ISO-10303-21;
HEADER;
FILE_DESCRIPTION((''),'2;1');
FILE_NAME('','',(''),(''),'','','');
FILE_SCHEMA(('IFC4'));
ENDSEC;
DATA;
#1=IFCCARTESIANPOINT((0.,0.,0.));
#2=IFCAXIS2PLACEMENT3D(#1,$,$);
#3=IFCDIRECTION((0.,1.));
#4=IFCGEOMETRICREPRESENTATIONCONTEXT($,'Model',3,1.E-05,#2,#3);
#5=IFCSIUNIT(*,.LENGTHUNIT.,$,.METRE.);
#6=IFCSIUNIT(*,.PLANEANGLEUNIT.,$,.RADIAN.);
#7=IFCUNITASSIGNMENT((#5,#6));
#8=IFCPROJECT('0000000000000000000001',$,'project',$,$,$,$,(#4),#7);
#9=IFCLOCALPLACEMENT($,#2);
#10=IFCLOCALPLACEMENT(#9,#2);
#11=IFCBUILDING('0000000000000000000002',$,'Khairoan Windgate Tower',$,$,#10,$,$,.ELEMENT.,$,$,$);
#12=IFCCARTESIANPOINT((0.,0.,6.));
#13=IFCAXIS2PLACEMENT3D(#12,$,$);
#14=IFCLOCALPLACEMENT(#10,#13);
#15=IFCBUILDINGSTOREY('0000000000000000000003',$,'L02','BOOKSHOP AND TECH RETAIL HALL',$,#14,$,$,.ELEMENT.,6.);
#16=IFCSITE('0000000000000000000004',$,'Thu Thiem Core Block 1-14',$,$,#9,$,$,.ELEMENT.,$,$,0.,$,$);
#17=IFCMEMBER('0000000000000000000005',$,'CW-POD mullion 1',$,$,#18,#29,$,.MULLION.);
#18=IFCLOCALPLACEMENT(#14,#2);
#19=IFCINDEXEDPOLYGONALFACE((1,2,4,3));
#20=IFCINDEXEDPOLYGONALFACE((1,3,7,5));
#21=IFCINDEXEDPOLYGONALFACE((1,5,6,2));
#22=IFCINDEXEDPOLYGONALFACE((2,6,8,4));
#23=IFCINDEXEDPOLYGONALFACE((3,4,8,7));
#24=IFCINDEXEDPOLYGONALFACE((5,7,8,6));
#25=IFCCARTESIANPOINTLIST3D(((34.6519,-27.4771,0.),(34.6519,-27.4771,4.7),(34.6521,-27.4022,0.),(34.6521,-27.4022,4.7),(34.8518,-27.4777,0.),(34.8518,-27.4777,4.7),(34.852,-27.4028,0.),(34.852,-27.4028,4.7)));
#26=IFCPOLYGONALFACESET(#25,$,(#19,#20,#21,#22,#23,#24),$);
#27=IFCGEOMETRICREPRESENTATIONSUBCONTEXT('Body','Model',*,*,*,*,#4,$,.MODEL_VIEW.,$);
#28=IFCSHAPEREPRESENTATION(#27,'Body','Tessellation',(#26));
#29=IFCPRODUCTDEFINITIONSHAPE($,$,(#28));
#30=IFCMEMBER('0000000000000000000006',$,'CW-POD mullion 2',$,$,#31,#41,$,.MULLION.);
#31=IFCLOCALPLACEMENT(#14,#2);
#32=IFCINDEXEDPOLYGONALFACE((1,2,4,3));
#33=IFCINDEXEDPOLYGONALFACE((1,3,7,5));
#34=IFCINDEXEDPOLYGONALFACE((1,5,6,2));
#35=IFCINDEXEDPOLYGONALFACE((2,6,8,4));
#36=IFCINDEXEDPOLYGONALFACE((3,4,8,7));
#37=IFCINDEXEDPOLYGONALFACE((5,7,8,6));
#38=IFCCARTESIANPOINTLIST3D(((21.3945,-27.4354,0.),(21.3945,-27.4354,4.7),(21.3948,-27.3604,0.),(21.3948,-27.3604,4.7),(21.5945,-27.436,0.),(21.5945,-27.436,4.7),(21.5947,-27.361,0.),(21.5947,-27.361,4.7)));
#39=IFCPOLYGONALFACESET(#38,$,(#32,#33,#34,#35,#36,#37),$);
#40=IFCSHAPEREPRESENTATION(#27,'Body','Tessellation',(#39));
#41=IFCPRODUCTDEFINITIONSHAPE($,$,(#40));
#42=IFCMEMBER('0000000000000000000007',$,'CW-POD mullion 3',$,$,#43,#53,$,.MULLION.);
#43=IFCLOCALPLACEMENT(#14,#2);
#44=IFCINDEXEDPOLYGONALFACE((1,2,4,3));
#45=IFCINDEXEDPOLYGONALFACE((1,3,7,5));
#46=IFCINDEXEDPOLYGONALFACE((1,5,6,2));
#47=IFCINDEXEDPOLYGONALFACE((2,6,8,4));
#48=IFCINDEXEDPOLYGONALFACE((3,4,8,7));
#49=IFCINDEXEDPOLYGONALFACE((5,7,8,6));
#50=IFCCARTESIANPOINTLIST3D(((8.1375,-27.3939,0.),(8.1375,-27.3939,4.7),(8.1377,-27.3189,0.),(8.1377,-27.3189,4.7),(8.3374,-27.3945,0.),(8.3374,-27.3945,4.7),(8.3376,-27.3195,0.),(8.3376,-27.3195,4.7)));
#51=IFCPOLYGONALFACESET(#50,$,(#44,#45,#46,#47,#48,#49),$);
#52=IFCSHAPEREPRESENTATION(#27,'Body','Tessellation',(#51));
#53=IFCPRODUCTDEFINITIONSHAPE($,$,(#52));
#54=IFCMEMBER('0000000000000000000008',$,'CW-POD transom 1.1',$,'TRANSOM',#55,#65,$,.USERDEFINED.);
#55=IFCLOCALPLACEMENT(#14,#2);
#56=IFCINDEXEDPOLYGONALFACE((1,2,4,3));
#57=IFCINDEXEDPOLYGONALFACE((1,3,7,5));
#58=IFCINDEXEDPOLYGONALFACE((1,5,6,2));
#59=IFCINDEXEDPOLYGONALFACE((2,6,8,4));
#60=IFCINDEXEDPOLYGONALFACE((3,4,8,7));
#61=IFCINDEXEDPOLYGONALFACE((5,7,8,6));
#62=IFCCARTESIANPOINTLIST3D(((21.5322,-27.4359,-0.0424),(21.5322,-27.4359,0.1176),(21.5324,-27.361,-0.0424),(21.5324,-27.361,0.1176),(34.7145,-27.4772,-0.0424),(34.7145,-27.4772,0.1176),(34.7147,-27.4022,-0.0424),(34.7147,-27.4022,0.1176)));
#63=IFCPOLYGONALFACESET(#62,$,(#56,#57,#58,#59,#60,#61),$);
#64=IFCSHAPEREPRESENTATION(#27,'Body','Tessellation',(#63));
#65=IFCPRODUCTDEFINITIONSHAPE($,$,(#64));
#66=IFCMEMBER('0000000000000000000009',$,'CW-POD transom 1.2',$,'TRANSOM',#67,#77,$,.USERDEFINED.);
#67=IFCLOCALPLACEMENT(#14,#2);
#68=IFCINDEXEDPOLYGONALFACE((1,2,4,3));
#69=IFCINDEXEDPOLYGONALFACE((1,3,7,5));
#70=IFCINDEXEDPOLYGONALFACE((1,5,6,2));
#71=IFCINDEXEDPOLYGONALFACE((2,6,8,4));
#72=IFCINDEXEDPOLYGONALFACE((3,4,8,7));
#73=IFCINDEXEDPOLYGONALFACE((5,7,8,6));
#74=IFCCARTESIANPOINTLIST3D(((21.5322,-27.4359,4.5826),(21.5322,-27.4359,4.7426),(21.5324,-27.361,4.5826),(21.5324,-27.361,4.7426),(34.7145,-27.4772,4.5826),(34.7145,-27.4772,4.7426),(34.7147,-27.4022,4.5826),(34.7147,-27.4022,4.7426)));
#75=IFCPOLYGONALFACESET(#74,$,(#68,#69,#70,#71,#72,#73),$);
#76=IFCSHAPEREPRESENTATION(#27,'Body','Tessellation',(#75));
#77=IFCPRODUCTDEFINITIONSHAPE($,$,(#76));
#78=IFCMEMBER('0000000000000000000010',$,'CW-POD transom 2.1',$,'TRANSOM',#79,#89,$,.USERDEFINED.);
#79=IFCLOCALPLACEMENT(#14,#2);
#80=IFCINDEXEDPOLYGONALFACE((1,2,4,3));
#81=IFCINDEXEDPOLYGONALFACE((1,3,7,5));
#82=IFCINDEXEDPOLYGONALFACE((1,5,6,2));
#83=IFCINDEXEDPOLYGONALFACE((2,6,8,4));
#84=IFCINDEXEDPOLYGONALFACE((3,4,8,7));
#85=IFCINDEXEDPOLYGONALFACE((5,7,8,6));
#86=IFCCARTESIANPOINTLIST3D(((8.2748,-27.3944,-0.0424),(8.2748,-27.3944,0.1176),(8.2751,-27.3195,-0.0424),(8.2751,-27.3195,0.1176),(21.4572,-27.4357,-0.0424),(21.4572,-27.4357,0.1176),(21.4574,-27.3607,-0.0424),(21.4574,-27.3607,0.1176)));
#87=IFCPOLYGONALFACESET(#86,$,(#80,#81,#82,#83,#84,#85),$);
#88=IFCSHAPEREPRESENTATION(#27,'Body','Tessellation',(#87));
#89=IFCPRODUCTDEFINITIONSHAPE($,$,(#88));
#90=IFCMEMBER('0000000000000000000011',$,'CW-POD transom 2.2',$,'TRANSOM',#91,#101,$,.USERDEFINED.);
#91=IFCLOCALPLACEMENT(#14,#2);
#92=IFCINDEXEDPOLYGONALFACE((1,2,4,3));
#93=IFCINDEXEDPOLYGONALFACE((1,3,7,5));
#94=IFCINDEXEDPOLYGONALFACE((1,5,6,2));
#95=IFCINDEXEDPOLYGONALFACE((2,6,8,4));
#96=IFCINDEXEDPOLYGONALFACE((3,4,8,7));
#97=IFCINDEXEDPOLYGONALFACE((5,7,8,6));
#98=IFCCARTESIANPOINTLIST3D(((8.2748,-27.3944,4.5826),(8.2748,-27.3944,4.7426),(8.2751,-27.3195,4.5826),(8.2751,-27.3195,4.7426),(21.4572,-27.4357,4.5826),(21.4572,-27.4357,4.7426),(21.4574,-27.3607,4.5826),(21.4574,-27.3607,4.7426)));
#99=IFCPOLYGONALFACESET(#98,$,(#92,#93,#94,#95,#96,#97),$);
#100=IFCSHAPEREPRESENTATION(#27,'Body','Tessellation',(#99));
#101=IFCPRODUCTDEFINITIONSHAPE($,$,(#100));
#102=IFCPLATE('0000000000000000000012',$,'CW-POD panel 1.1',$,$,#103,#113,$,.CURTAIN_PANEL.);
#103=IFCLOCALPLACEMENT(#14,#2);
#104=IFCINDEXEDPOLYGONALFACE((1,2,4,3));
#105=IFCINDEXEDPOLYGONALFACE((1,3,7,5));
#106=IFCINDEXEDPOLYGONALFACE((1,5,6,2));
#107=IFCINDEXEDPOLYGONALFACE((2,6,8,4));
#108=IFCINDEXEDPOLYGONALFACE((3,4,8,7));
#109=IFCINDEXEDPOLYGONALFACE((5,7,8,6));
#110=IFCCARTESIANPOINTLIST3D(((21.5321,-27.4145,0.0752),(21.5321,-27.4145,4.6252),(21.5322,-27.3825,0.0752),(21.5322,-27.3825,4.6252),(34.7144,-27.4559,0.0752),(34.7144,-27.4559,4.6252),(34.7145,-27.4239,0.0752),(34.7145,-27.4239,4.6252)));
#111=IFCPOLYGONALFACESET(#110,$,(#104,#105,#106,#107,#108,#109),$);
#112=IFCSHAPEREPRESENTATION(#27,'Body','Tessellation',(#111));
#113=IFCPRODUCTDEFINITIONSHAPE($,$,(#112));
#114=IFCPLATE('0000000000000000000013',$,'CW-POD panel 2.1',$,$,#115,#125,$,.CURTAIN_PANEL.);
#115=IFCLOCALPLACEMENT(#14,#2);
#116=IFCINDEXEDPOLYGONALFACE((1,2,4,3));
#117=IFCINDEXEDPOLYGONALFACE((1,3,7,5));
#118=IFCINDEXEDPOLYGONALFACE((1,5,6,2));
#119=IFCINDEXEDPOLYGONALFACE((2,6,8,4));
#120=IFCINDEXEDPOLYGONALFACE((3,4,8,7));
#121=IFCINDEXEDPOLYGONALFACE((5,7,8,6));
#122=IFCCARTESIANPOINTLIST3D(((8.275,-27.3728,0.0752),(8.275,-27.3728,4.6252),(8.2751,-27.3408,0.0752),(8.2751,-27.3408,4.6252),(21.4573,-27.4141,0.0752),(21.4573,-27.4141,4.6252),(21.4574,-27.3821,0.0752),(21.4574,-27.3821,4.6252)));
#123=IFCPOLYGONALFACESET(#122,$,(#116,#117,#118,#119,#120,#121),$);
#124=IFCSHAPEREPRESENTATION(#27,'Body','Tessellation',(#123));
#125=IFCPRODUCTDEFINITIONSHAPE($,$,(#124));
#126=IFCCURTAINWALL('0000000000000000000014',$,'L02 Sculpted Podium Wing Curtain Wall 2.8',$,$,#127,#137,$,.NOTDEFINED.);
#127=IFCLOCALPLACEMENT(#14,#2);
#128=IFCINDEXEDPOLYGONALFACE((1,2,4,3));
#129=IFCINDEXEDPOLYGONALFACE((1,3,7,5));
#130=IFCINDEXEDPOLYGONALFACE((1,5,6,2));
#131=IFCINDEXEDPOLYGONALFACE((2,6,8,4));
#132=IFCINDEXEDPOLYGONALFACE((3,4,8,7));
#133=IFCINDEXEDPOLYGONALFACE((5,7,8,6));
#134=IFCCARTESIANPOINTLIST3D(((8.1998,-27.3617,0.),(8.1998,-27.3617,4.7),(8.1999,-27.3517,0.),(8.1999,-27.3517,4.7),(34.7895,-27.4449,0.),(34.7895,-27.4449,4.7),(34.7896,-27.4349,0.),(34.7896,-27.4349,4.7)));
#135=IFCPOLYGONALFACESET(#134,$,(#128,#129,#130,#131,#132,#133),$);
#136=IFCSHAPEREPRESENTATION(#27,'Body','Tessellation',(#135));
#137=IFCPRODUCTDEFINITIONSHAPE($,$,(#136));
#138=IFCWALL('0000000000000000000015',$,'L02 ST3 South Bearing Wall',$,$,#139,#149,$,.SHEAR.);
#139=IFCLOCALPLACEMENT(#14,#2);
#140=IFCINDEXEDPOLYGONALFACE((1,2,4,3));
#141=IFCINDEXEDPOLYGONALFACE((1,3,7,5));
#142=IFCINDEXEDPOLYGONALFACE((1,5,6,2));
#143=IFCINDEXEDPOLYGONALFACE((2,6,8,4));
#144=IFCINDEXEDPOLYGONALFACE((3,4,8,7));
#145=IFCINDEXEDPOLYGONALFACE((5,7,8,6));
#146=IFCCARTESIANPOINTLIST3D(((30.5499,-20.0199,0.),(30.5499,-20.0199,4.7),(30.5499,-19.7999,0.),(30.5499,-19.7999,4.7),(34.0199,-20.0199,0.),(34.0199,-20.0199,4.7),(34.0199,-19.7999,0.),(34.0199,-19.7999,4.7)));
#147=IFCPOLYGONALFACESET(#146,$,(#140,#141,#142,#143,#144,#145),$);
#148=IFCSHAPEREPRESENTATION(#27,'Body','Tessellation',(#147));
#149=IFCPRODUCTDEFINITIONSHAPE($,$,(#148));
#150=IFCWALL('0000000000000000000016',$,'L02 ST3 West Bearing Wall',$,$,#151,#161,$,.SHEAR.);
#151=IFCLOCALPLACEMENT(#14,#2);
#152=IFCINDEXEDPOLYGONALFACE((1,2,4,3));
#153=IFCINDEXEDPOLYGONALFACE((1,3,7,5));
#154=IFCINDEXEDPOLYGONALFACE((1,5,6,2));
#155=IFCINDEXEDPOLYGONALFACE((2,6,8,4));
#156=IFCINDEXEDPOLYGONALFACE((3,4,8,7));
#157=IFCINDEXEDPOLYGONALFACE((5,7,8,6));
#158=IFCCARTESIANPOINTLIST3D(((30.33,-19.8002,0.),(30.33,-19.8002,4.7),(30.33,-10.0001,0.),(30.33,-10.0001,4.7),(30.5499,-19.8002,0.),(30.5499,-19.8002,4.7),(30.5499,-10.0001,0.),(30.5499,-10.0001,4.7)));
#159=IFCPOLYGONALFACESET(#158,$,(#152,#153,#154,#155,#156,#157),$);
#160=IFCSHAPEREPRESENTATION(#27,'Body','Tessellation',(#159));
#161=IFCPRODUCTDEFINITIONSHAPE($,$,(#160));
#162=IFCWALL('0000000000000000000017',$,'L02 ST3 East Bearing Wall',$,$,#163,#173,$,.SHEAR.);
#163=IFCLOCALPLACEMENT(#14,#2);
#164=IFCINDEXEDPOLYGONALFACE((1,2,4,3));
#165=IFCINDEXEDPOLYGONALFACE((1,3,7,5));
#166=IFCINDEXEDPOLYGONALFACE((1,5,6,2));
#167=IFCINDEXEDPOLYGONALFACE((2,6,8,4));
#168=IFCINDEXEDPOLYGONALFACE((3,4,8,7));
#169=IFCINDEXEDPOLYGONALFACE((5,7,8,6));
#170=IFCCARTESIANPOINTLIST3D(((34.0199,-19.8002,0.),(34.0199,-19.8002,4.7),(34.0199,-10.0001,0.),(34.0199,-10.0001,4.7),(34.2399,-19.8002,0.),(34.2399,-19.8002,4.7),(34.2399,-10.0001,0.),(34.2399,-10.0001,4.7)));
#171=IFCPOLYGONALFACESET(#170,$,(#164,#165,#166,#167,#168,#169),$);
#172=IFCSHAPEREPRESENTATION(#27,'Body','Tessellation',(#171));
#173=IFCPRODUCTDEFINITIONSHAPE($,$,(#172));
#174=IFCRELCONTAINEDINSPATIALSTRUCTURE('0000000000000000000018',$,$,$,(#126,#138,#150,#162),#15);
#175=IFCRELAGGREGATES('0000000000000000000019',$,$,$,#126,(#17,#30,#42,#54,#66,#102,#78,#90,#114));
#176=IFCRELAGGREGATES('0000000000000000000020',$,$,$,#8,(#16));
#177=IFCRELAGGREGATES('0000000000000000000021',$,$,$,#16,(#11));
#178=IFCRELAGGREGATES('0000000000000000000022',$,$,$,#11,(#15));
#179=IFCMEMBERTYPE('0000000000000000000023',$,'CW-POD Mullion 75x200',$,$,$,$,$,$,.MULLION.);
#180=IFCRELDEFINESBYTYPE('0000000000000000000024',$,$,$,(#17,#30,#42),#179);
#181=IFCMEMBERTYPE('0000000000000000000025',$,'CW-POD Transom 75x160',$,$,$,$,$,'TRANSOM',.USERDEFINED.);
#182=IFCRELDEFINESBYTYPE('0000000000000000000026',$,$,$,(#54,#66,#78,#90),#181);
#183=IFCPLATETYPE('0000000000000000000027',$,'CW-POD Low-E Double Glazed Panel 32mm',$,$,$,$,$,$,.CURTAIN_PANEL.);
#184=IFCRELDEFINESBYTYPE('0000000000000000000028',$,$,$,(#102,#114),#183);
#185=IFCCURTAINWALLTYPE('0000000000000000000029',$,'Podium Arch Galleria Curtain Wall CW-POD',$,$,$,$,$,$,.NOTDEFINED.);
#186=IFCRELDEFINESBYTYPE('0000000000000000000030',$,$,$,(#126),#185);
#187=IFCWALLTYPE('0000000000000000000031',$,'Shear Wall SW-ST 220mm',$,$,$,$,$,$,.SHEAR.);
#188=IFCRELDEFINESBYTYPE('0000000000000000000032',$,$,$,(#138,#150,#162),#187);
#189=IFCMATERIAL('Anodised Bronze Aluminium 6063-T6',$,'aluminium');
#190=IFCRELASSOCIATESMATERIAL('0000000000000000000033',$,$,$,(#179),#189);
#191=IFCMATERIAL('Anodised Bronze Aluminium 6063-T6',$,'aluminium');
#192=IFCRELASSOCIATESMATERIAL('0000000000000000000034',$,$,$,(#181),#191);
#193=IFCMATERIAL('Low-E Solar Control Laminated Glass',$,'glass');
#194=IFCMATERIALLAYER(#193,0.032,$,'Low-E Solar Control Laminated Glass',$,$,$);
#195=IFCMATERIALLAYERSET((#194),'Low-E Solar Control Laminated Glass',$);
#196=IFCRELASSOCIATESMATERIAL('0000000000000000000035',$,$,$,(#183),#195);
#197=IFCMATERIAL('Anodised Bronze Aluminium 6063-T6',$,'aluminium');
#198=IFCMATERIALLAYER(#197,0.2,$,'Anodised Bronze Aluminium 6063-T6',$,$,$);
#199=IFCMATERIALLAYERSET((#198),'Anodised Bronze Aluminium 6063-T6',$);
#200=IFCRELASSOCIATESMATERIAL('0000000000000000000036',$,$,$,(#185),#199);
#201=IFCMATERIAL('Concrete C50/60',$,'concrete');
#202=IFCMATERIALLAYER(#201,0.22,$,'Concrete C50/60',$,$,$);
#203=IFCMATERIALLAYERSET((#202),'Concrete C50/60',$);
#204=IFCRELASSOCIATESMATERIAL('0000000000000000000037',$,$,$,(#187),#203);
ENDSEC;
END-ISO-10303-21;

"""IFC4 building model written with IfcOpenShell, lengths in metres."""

from ifc_helpers import new_model, si_unit, direction, frame, frame_2d, origin, origin_2d, place, context, subcontext, project, spatial, rectangle, extrude, material, layer, layer_set, material_profile, profile_set, type_object, element, aggregate, save


model = new_model("IFC4")

# Units and contexts
model_context = context("Model", 3, precision=1e-05, world=origin(), true_north=direction((0.0, 1.0)))
body_context = subcontext(model_context, "Body", "Model", "MODEL_VIEW")
ifc_project = project(units=[si_unit("LENGTHUNIT", "METRE"), si_unit("PLANEANGLEUNIT", "RADIAN")], contexts=[model_context])

# Site, building, storey
site_placement = place(None, origin())
site = spatial("IfcSite", under=ifc_project, at=site_placement, Name="Thu Thiem Core Block 1-14", CompositionType="ELEMENT", RefElevation=0.0)
building_placement = place(site_placement, origin())
building = spatial("IfcBuilding", under=site, at=building_placement, Name="Khairoan Windgate Tower", CompositionType="ELEMENT")
storey_placement = place(building_placement, frame((0.0, 0.0, 6.0)))
storey = spatial("IfcBuildingStorey", under=building, at=storey_placement, Name="L02", Description="BOOKSHOP AND TECH RETAIL HALL", CompositionType="ELEMENT", Elevation=6.0)

# Members
ifc_material_1 = material(Name="Anodised Bronze Aluminium 6063-T6", Category="aluminium")
ifc_material_profile_1 = material_profile(ifc_material_1, rectangle(XDim=0.075, YDim=0.2, at=origin_2d()))
ifc_profile_set_1 = profile_set([ifc_material_profile_1], Name="Anodised Bronze Aluminium 6063-T6")
member_type_1 = type_object("IfcMemberType", Name="CW-POD Mullion 75x200", PredefinedType="MULLION", material=ifc_profile_set_1)
member_1_placement = place(storey_placement, frame((34.752, -27.4399, 0.0), z_axis=(0.0, 0.0, 1.0), x_axis=(-0.003137, -0.999995, 0.0)))
member_1 = element("IfcMember", 1, at=member_1_placement, type_object=member_type_1, Name="CW-POD mullion 1", PredefinedType="MULLION", context=body_context, shape_type="SweptSolid", body=[
    extrude(rectangle(XDim=0.075, YDim=0.2, at=origin_2d()), origin(), (0.0, 0.0, 1.0), 4.7),
])
member_2_placement = place(storey_placement, frame((21.4946, -27.3982, 0.0), z_axis=(0.0, 0.0, 1.0), x_axis=(-0.003137, -0.999995, 0.0)))
member_2 = element("IfcMember", 2, at=member_2_placement, type_object=member_type_1, Name="CW-POD mullion 2", PredefinedType="MULLION", context=body_context, shape_type="SweptSolid", body=[
    extrude(rectangle(XDim=0.075, YDim=0.2, at=origin_2d()), origin(), (0.0, 0.0, 1.0), 4.7),
])
member_3_placement = place(storey_placement, frame((8.2375, -27.3567, 0.0), z_axis=(0.0, 0.0, 1.0), x_axis=(-0.003137, -0.999995, 0.0)))
member_3 = element("IfcMember", 3, at=member_3_placement, type_object=member_type_1, Name="CW-POD mullion 3", PredefinedType="MULLION", context=body_context, shape_type="SweptSolid", body=[
    extrude(rectangle(XDim=0.075, YDim=0.2, at=origin_2d()), origin(), (0.0, 0.0, 1.0), 4.7),
])
ifc_material_2 = material(Name="Anodised Bronze Aluminium 6063-T6", Category="aluminium")
ifc_material_profile_2 = material_profile(ifc_material_2, rectangle(XDim=0.075, YDim=0.1599, at=origin_2d()))
ifc_profile_set_2 = profile_set([ifc_material_profile_2], Name="Anodised Bronze Aluminium 6063-T6")
member_type_2 = type_object("IfcMemberType", Name="CW-POD Transom 75x160", ElementType="TRANSOM", PredefinedType="USERDEFINED", material=ifc_profile_set_2)
member_4_placement = place(storey_placement, frame((34.7146, -27.4397, 0.0376), z_axis=(-0.999995, 0.00313, 0.0), x_axis=(-0.00313, -0.999995, 0.0)))
member_4 = element("IfcMember", 4, at=member_4_placement, type_object=member_type_2, Name="CW-POD transom 1.1", ObjectType="TRANSOM", PredefinedType="USERDEFINED", context=body_context, shape_type="SweptSolid", body=[
    extrude(rectangle(XDim=0.075, YDim=0.1599, at=origin_2d()), origin(), (0.0, 0.0, 1.0), 13.1824),
])
member_5_placement = place(storey_placement, frame((34.7146, -27.4397, 4.6626), z_axis=(-0.999995, 0.00313, 0.0), x_axis=(-0.00313, -0.999995, 0.0)))
member_5 = element("IfcMember", 5, at=member_5_placement, type_object=member_type_2, Name="CW-POD transom 1.2", ObjectType="TRANSOM", PredefinedType="USERDEFINED", context=body_context, shape_type="SweptSolid", body=[
    extrude(rectangle(XDim=0.075, YDim=0.1599, at=origin_2d()), origin(), (0.0, 0.0, 1.0), 13.1824),
])
member_6_placement = place(storey_placement, frame((21.4573, -27.3982, 0.0376), z_axis=(-0.999995, 0.00313, 0.0), x_axis=(-0.00313, -0.999995, 0.0)))
member_6 = element("IfcMember", 6, at=member_6_placement, type_object=member_type_2, Name="CW-POD transom 2.1", ObjectType="TRANSOM", PredefinedType="USERDEFINED", context=body_context, shape_type="SweptSolid", body=[
    extrude(rectangle(XDim=0.075, YDim=0.1599, at=origin_2d()), origin(), (0.0, 0.0, 1.0), 13.1824),
])
member_7_placement = place(storey_placement, frame((21.4573, -27.3982, 4.6626), z_axis=(-0.999995, 0.00313, 0.0), x_axis=(-0.00313, -0.999995, 0.0)))
member_7 = element("IfcMember", 7, at=member_7_placement, type_object=member_type_2, Name="CW-POD transom 2.2", ObjectType="TRANSOM", PredefinedType="USERDEFINED", context=body_context, shape_type="SweptSolid", body=[
    extrude(rectangle(XDim=0.075, YDim=0.1599, at=origin_2d()), origin(), (0.0, 0.0, 1.0), 13.1824),
])

# Plates
ifc_material_3 = material(Name="Low-E Solar Control Laminated Glass", Category="glass")
ifc_layer_1 = layer(ifc_material_3, 0.032, Name="Low-E Solar Control Laminated Glass")
ifc_layer_set_1 = layer_set([ifc_layer_1], Name="Low-E Solar Control Laminated Glass")
plate_type = type_object("IfcPlateType", Name="CW-POD Low-E Double Glazed Panel 32mm", PredefinedType="CURTAIN_PANEL", material=ifc_layer_set_1)
plate_1_placement = place(storey_placement, frame((28.1233, -27.4192, 0.0752), z_axis=(0.0, 0.0, 1.0), x_axis=(-0.999995, 0.003137, 0.0)))
plate_1 = element("IfcPlate", 8, at=plate_1_placement, type_object=plate_type, Name="CW-POD panel 1.1", PredefinedType="CURTAIN_PANEL", context=body_context, shape_type="SweptSolid", body=[
    extrude(rectangle(XDim=13.1824, YDim=0.032, at=origin_2d()), origin(), (0.0, 0.0, 1.0), 4.55),
])
plate_2_placement = place(storey_placement, frame((14.8662, -27.3774, 0.0752), z_axis=(0.0, 0.0, 1.0), x_axis=(-0.999995, 0.003137, 0.0)))
plate_2 = element("IfcPlate", 9, at=plate_2_placement, type_object=plate_type, Name="CW-POD panel 2.1", PredefinedType="CURTAIN_PANEL", context=body_context, shape_type="SweptSolid", body=[
    extrude(rectangle(XDim=13.1824, YDim=0.032, at=origin_2d()), origin(), (0.0, 0.0, 1.0), 4.55),
])

# Curtain wall
ifc_material_4 = material(Name="Anodised Bronze Aluminium 6063-T6", Category="aluminium")
ifc_layer_2 = layer(ifc_material_4, 0.2, Name="Anodised Bronze Aluminium 6063-T6")
ifc_layer_set_2 = layer_set([ifc_layer_2], Name="Anodised Bronze Aluminium 6063-T6")
curtain_wall_type = type_object("IfcCurtainWallType", Name="Podium Arch Galleria Curtain Wall CW-POD", PredefinedType="NOTDEFINED", material=ifc_layer_set_2)
curtain_wall_1_placement = place(storey_placement, frame((34.7896, -27.4399, 0.0), z_axis=(0.0, 0.0, 1.0), x_axis=(-0.999995, 0.003131, 0.0)))
curtain_wall_1 = element("IfcCurtainWall", 10, at=curtain_wall_1_placement, inside=storey, type_object=curtain_wall_type, Name="L02 Sculpted Podium Wing Curtain Wall 2.8", PredefinedType="NOTDEFINED", context=body_context, shape_type="SweptSolid", body=[
    extrude(rectangle(XDim=26.5898, YDim=0.01, at=frame_2d((13.2949, 0.0))), origin(), (0.0, 0.0, 1.0), 4.7),
])
aggregate(curtain_wall_1, [member_1, member_2, member_3, member_4, member_5, plate_1, member_6, member_7, plate_2])

# Walls
ifc_material_5 = material(Name="Concrete C50/60", Category="concrete")
ifc_layer_3 = layer(ifc_material_5, 0.22, Name="Concrete C50/60")
ifc_layer_set_3 = layer_set([ifc_layer_3], Name="Concrete C50/60")
wall_type = type_object("IfcWallType", Name="Shear Wall SW-ST 220mm", PredefinedType="SHEAR", material=ifc_layer_set_3)
wall_placement = place(storey_placement, frame((30.55, -19.9099, 0.0), z_axis=(0.0, 0.0, 1.0), x_axis=(1.0, 0.0, 0.0)))
element("IfcWall", 11, at=wall_placement, inside=storey, type_object=wall_type, Name="L02 ST3 South Bearing Wall", PredefinedType="SHEAR", context=body_context, shape_type="SweptSolid", body=[
    extrude(rectangle(XDim=3.47, YDim=0.22, at=frame_2d((1.7349, 0.0))), origin(), (0.0, 0.0, 1.0), 4.7),
])
for number, where, z_axis, x_axis, name in (
    (12, (30.4399, -19.8, 0.0), (0.0, 0.0, 1.0), (0.0, 1.0, 0.0), "L02 ST3 West Bearing Wall"),
    (13, (34.1299, -19.8, 0.0), (0.0, 0.0, 1.0), (0.0, 1.0, 0.0), "L02 ST3 East Bearing Wall"),
):
    element("IfcWall", number, at=place(storey_placement, frame(where, z_axis=z_axis, x_axis=x_axis)), inside=storey, type_object=wall_type, Name=name, PredefinedType="SHEAR", context=body_context, shape_type="SweptSolid", body=[
        extrude(rectangle(XDim=9.8, YDim=0.22, at=frame_2d((4.8999, 0.0))), origin(), (0.0, 0.0, 1.0), 4.7),
    ])

save(model, "model.ifc")
